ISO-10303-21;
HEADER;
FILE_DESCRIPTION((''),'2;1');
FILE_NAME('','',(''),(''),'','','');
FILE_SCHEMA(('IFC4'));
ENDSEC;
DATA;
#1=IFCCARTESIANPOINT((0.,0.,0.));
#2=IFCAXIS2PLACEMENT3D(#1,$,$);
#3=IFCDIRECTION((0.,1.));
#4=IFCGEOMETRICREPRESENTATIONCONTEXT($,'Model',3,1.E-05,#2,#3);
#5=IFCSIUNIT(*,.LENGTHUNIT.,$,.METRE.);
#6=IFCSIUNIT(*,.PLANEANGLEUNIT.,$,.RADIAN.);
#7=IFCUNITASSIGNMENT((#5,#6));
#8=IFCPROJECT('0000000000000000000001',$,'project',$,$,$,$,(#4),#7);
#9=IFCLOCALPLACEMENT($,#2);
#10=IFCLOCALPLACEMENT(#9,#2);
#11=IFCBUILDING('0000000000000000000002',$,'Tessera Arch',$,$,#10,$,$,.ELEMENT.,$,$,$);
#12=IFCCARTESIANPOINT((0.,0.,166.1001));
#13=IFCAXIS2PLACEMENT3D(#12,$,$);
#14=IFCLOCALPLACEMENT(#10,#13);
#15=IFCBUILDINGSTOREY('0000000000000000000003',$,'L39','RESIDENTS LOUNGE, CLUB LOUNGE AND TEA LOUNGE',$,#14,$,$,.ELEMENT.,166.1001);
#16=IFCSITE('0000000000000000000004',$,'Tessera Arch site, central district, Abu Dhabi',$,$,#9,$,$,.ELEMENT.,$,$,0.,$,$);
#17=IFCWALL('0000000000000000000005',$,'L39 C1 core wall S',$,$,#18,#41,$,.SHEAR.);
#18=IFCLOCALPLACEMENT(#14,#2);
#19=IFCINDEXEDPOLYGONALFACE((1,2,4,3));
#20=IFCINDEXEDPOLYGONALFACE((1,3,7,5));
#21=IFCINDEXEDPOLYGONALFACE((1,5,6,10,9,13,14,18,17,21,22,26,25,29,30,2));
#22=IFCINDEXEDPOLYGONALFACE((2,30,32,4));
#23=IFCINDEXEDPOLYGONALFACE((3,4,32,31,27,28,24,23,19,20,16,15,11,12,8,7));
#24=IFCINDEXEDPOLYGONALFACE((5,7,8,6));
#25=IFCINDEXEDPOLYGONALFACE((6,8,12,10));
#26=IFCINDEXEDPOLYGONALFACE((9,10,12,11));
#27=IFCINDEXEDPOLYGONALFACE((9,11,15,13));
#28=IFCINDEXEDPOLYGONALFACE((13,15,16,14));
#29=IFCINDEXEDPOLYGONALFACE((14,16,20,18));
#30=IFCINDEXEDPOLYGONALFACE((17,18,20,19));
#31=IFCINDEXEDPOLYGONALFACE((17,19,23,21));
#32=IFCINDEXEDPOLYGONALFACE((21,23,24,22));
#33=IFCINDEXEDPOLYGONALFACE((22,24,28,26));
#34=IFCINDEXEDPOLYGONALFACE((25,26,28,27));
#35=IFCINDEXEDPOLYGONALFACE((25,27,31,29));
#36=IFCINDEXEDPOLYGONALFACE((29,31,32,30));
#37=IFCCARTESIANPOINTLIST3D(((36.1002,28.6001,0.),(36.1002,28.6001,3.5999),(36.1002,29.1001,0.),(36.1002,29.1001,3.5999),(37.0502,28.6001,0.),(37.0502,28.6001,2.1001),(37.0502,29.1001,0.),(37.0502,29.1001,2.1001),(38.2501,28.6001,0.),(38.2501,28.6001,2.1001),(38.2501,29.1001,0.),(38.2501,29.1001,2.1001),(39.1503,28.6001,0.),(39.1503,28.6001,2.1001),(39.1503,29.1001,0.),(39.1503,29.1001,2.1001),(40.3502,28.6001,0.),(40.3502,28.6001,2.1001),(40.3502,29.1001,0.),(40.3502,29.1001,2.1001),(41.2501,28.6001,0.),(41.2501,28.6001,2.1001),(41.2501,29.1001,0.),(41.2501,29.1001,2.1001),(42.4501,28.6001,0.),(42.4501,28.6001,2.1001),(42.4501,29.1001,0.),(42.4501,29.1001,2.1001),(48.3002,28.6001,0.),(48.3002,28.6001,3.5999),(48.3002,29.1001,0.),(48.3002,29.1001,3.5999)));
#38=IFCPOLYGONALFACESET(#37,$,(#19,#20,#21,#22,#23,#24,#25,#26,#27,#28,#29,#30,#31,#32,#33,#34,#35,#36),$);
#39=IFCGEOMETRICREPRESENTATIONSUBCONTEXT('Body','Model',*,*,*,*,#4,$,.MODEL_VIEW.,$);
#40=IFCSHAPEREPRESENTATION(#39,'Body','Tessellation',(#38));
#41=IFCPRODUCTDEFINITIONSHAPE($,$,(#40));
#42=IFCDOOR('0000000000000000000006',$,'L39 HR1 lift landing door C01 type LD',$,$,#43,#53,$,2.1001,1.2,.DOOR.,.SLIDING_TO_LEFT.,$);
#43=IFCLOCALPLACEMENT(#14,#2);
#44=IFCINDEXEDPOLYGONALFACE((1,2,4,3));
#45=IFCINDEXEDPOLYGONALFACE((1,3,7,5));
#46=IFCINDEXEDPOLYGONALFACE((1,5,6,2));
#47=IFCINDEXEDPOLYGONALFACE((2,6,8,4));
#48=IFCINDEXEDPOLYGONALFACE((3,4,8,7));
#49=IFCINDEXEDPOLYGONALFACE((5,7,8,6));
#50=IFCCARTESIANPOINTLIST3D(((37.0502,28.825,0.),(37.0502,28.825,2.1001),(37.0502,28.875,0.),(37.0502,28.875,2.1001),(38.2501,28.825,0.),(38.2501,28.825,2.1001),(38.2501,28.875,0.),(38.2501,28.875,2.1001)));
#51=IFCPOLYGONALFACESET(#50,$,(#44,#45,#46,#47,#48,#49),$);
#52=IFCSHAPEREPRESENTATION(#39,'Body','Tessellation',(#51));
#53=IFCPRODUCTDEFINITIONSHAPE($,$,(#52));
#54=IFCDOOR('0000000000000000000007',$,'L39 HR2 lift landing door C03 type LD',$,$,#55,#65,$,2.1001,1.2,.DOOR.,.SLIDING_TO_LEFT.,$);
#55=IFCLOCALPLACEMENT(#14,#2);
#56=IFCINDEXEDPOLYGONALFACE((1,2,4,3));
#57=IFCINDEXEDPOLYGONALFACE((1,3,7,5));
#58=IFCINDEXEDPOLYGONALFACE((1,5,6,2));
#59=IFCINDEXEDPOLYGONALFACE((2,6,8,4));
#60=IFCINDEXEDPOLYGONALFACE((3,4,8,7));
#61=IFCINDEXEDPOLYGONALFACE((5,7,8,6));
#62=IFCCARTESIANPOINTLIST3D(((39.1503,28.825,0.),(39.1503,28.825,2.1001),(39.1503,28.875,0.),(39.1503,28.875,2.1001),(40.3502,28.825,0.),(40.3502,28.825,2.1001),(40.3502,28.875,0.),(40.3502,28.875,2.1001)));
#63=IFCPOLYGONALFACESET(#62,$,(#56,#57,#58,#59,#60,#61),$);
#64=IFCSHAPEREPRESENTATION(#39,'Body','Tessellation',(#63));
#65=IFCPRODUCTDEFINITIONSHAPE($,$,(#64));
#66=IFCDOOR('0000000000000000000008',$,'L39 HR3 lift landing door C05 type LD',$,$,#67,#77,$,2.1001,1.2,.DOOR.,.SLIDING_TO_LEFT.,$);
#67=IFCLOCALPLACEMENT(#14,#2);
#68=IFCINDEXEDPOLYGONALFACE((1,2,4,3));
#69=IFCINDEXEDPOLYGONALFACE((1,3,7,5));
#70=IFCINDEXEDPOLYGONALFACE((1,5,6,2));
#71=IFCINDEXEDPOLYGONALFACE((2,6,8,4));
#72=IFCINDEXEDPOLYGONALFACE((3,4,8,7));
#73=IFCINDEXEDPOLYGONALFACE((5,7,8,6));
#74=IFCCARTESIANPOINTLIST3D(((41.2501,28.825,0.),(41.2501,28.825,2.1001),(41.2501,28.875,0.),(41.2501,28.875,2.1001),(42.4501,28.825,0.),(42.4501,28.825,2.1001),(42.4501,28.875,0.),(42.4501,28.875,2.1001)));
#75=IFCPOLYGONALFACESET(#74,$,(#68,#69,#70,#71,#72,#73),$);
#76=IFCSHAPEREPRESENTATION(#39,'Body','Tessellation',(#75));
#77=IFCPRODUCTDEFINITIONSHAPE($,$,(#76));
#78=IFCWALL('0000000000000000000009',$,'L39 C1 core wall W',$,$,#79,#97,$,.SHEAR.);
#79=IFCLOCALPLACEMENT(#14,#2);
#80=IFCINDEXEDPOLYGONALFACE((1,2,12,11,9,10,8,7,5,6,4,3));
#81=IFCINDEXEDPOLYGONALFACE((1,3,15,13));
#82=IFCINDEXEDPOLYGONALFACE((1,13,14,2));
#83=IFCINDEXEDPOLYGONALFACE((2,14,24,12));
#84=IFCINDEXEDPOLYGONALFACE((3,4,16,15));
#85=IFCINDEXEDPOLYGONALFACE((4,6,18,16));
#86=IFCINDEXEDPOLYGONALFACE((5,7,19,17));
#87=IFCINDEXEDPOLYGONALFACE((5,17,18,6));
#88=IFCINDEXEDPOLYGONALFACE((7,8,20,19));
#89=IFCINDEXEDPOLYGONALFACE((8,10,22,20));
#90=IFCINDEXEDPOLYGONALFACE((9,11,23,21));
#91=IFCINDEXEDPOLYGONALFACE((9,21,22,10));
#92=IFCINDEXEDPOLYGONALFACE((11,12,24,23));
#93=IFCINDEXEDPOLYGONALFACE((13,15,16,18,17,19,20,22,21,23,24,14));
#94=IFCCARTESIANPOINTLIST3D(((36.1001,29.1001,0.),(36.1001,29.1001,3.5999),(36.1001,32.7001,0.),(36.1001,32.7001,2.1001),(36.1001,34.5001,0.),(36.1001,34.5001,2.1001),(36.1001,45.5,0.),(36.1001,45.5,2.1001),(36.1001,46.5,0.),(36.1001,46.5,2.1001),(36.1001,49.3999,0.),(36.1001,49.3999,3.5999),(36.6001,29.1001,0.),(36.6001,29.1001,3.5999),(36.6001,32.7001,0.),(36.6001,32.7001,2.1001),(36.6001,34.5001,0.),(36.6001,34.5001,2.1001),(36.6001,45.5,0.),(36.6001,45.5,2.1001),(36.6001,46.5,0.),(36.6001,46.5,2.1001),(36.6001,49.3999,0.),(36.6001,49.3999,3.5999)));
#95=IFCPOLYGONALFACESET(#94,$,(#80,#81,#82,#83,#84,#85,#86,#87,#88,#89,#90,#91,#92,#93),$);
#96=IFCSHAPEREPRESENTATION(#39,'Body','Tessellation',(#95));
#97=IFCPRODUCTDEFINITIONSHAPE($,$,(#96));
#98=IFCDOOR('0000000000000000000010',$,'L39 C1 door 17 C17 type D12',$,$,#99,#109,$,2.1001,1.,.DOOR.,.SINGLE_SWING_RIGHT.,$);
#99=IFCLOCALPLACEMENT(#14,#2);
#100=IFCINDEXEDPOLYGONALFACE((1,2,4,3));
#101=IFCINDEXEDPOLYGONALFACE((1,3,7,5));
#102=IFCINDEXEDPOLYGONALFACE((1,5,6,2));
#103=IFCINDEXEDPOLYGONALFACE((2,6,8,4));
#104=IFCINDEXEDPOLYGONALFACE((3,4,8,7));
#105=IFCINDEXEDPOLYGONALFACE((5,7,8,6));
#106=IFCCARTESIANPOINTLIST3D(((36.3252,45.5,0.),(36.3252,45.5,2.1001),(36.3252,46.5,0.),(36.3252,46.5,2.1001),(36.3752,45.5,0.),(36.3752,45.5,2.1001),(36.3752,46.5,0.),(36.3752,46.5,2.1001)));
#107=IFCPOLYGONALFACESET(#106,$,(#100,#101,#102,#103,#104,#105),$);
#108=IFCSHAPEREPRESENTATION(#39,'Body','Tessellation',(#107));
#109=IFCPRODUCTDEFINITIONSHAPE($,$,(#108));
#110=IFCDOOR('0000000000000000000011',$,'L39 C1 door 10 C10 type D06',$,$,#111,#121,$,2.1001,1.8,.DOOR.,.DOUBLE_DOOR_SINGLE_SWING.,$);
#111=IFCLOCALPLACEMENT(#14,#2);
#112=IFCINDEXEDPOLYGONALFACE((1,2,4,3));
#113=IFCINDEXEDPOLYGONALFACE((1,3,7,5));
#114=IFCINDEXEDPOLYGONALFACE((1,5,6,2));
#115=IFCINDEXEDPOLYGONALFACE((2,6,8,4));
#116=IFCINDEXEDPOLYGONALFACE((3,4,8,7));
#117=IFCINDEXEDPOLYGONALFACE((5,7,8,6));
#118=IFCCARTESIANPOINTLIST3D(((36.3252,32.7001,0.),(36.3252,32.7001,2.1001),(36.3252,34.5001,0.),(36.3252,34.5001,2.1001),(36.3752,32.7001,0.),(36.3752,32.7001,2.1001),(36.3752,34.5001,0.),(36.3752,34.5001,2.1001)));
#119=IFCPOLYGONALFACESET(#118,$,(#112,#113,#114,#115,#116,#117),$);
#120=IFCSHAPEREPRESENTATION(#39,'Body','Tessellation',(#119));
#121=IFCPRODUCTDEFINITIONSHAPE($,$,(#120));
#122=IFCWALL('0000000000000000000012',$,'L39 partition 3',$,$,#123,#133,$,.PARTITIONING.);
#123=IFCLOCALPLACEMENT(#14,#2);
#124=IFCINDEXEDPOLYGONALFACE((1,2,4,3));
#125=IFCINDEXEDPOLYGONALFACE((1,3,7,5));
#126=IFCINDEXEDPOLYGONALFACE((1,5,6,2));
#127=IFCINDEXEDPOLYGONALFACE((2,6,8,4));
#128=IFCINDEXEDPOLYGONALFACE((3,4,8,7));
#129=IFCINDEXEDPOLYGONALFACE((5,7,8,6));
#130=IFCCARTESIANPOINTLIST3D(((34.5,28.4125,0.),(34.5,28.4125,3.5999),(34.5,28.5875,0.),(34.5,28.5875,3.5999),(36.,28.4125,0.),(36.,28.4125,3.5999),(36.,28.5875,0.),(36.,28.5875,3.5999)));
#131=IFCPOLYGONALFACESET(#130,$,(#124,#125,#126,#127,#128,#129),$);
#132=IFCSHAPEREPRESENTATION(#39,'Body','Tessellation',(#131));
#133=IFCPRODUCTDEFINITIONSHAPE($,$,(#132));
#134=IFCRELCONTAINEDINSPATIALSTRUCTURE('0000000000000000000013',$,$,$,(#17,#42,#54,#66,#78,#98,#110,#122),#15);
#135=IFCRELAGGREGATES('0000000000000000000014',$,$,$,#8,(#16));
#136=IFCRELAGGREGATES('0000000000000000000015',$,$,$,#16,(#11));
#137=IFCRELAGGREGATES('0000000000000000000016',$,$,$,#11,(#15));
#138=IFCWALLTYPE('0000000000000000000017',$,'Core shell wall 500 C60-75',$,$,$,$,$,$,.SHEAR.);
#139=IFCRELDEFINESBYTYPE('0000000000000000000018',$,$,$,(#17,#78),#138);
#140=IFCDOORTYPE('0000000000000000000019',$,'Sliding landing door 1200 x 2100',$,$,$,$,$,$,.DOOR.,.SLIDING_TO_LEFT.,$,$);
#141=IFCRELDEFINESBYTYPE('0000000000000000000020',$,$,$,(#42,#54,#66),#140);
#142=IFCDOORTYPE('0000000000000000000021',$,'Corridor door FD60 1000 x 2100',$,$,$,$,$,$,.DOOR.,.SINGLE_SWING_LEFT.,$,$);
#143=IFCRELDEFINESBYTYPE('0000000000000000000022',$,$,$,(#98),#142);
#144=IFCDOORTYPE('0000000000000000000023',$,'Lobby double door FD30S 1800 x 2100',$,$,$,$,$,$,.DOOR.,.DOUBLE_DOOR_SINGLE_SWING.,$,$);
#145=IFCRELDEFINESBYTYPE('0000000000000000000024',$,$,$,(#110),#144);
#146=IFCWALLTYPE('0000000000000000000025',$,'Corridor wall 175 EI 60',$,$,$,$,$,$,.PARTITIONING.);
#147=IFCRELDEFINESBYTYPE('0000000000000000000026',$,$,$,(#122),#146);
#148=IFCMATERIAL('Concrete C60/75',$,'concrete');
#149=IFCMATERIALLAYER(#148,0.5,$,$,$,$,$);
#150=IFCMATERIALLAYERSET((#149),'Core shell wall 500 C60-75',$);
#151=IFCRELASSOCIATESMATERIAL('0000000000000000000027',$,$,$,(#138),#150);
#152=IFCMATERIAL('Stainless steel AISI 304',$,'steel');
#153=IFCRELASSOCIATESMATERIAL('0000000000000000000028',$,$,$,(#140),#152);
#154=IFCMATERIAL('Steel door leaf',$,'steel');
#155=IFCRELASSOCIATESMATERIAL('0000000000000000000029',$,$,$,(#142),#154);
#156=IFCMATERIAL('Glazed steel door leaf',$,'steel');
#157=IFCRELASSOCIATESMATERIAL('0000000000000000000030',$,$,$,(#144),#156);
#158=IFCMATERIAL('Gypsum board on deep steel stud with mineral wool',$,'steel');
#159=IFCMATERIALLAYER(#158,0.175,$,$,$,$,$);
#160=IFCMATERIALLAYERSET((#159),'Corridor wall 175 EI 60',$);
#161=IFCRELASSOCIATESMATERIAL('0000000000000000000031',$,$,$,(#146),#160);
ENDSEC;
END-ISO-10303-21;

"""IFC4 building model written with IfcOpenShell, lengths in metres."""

from ifc_helpers import new_model, si_unit, direction, frame, frame_2d, origin, place, context, subcontext, project, spatial, rectangle, extrude, material, layer, layer_set, type_object, element, fill, save


model = new_model("IFC4")

# Units and contexts
model_context = context("Model", 3, precision=1e-05, world=origin(), true_north=direction((0.0, 1.0)))
body_context = subcontext(model_context, "Body", "Model", "MODEL_VIEW")
ifc_project = project(units=[si_unit("LENGTHUNIT", "METRE"), si_unit("PLANEANGLEUNIT", "RADIAN")], contexts=[model_context])

# Site, building, storey
site_placement = place(None, origin())
site = spatial("IfcSite", under=ifc_project, at=site_placement, Name="Tessera Arch site, central district, Abu Dhabi", CompositionType="ELEMENT", RefElevation=0.0)
building_placement = place(site_placement, origin())
building = spatial("IfcBuilding", under=site, at=building_placement, Name="Tessera Arch", CompositionType="ELEMENT")
storey_placement = place(building_placement, frame((0.0, 0.0, 166.1001)))
storey = spatial("IfcBuildingStorey", under=building, at=storey_placement, Name="L39", Description="RESIDENTS LOUNGE, CLUB LOUNGE AND TEA LOUNGE", CompositionType="ELEMENT", Elevation=166.1001)

# Walls, openings, doors
ifc_material_1 = material(Name="Concrete C60/75", Category="concrete")
ifc_layer_1 = layer(ifc_material_1, 0.5)
ifc_layer_set_1 = layer_set([ifc_layer_1], Name="Core shell wall 500 C60-75")
wall_type_1 = type_object("IfcWallType", Name="Core shell wall 500 C60-75", PredefinedType="SHEAR", material=ifc_layer_set_1)
wall_1_placement = place(storey_placement, frame((36.1001, 28.8501, 0.0), z_axis=(0.0, 0.0, 1.0), x_axis=(1.0, 0.0, 0.0)))
wall_1 = element("IfcWall", 1, at=wall_1_placement, inside=storey, type_object=wall_type_1, Name="L39 C1 core wall S", PredefinedType="SHEAR", context=body_context, shape_type="SweptSolid", body=[
    extrude(rectangle(XDim=12.2, YDim=0.5, at=frame_2d((6.1001, 0.0))), origin(), (0.0, 0.0, 1.0), 3.5999),
])
opening_1_placement = place(wall_1_placement, frame((0.95, 0.0, 0.0)))
opening_1 = element("IfcOpeningElement", 2, at=opening_1_placement, cuts=wall_1, PredefinedType="OPENING", context=body_context, shape_type="SweptSolid", body=[
    extrude(rectangle(XDim=1.2, YDim=2.1001, at=frame_2d((0.6001, 1.05))), frame((0.0, 0.26, 0.0), z_axis=(0.0, -1.0, 0.0), x_axis=(1.0, 0.0, 0.0)), (0.0, 0.0, 1.0), 0.52),
])
opening_2_placement = place(wall_1_placement, frame((3.05, 0.0, 0.0)))
opening_2 = element("IfcOpeningElement", 3, at=opening_2_placement, cuts=wall_1, PredefinedType="OPENING", context=body_context, shape_type="SweptSolid", body=[
    extrude(rectangle(XDim=1.2, YDim=2.1001, at=frame_2d((0.6001, 1.05))), frame((0.0, 0.26, 0.0), z_axis=(0.0, -1.0, 0.0), x_axis=(1.0, 0.0, 0.0)), (0.0, 0.0, 1.0), 0.52),
])
opening_3_placement = place(wall_1_placement, frame((5.1499, 0.0, 0.0)))
opening_3 = element("IfcOpeningElement", 4, at=opening_3_placement, cuts=wall_1, PredefinedType="OPENING", context=body_context, shape_type="SweptSolid", body=[
    extrude(rectangle(XDim=1.2, YDim=2.1001, at=frame_2d((0.6001, 1.05))), frame((0.0, 0.26, 0.0), z_axis=(0.0, -1.0, 0.0), x_axis=(1.0, 0.0, 0.0)), (0.0, 0.0, 1.0), 0.52),
])
ifc_material_2 = material(Name="Stainless steel AISI 304", Category="steel")
door_type_1 = type_object("IfcDoorType", Name="Sliding landing door 1200 x 2100", OperationType="SLIDING_TO_LEFT", PredefinedType="DOOR", material=ifc_material_2)
door_1_placement = place(opening_1_placement, origin())
door_1 = element("IfcDoor", 5, at=door_1_placement, inside=storey, type_object=door_type_1, Name="L39 HR1 lift landing door C01 type LD", OperationType="SLIDING_TO_LEFT", OverallHeight=2.1001, OverallWidth=1.2, PredefinedType="DOOR", context=body_context, shape_type="SweptSolid", body=[
    extrude(rectangle(XDim=1.2, YDim=2.1001, at=frame_2d((0.6001, 1.05))), frame((0.0, 0.0249, 0.0), z_axis=(0.0, -1.0, 0.0), x_axis=(1.0, 0.0, 0.0)), (0.0, 0.0, 1.0), 0.05),
])
fill(opening_1, door_1)
door_2_placement = place(opening_2_placement, origin())
door_2 = element("IfcDoor", 6, at=door_2_placement, inside=storey, type_object=door_type_1, Name="L39 HR2 lift landing door C03 type LD", OperationType="SLIDING_TO_LEFT", OverallHeight=2.1001, OverallWidth=1.2, PredefinedType="DOOR", context=body_context, shape_type="SweptSolid", body=[
    extrude(rectangle(XDim=1.2, YDim=2.1001, at=frame_2d((0.6001, 1.05))), frame((0.0, 0.0249, 0.0), z_axis=(0.0, -1.0, 0.0), x_axis=(1.0, 0.0, 0.0)), (0.0, 0.0, 1.0), 0.05),
])
fill(opening_2, door_2)
door_3_placement = place(opening_3_placement, origin())
door_3 = element("IfcDoor", 7, at=door_3_placement, inside=storey, type_object=door_type_1, Name="L39 HR3 lift landing door C05 type LD", OperationType="SLIDING_TO_LEFT", OverallHeight=2.1001, OverallWidth=1.2, PredefinedType="DOOR", context=body_context, shape_type="SweptSolid", body=[
    extrude(rectangle(XDim=1.2, YDim=2.1001, at=frame_2d((0.6001, 1.05))), frame((0.0, 0.0249, 0.0), z_axis=(0.0, -1.0, 0.0), x_axis=(1.0, 0.0, 0.0)), (0.0, 0.0, 1.0), 0.05),
])
fill(opening_3, door_3)
wall_2_placement = place(storey_placement, frame((36.3501, 29.1001, 0.0), z_axis=(0.0, 0.0, 1.0), x_axis=(0.0, 1.0, 0.0)))
wall_2 = element("IfcWall", 8, at=wall_2_placement, inside=storey, type_object=wall_type_1, Name="L39 C1 core wall W", PredefinedType="SHEAR", context=body_context, shape_type="SweptSolid", body=[
    extrude(rectangle(XDim=20.2998, YDim=0.5, at=frame_2d((10.1499, 0.0))), origin(), (0.0, 0.0, 1.0), 3.5999),
])
opening_4_placement = place(wall_2_placement, frame((3.6001, 0.0, 0.0)))
opening_4 = element("IfcOpeningElement", 9, at=opening_4_placement, cuts=wall_2, PredefinedType="OPENING", context=body_context, shape_type="SweptSolid", body=[
    extrude(rectangle(XDim=1.8, YDim=2.1001, at=frame_2d((0.8999, 1.05))), frame((0.0, 0.26, 0.0), z_axis=(0.0, -1.0, 0.0), x_axis=(1.0, 0.0, 0.0)), (0.0, 0.0, 1.0), 0.52),
])
opening_5_placement = place(wall_2_placement, frame((16.3999, 0.0, 0.0)))
opening_5 = element("IfcOpeningElement", 10, at=opening_5_placement, cuts=wall_2, PredefinedType="OPENING", context=body_context, shape_type="SweptSolid", body=[
    extrude(rectangle(XDim=1.0, YDim=2.1001, at=frame_2d((0.5, 1.05))), frame((0.0, 0.26, 0.0), z_axis=(0.0, -1.0, 0.0), x_axis=(1.0, 0.0, 0.0)), (0.0, 0.0, 1.0), 0.52),
])
ifc_material_3 = material(Name="Steel door leaf", Category="steel")
door_type_2 = type_object("IfcDoorType", Name="Corridor door FD60 1000 x 2100", OperationType="SINGLE_SWING_LEFT", PredefinedType="DOOR", material=ifc_material_3)
door_4_placement = place(opening_5_placement, origin())
door_4 = element("IfcDoor", 11, at=door_4_placement, inside=storey, type_object=door_type_2, Name="L39 C1 door 17 C17 type D12", OperationType="SINGLE_SWING_RIGHT", OverallHeight=2.1001, OverallWidth=1.0, PredefinedType="DOOR", context=body_context, shape_type="SweptSolid", body=[
    extrude(rectangle(XDim=1.0, YDim=2.1001, at=frame_2d((0.5, 1.05))), frame((0.0, 0.0249, 0.0), z_axis=(0.0, -1.0, 0.0), x_axis=(1.0, 0.0, 0.0)), (0.0, 0.0, 1.0), 0.05),
])
fill(opening_5, door_4)
ifc_material_4 = material(Name="Glazed steel door leaf", Category="steel")
door_type_3 = type_object("IfcDoorType", Name="Lobby double door FD30S 1800 x 2100", OperationType="DOUBLE_DOOR_SINGLE_SWING", PredefinedType="DOOR", material=ifc_material_4)
door_5_placement = place(opening_4_placement, origin())
door_5 = element("IfcDoor", 12, at=door_5_placement, inside=storey, type_object=door_type_3, Name="L39 C1 door 10 C10 type D06", OperationType="DOUBLE_DOOR_SINGLE_SWING", OverallHeight=2.1001, OverallWidth=1.8, PredefinedType="DOOR", context=body_context, shape_type="SweptSolid", body=[
    extrude(rectangle(XDim=1.8, YDim=2.1001, at=frame_2d((0.8999, 1.05))), frame((0.0, 0.0249, 0.0), z_axis=(0.0, -1.0, 0.0), x_axis=(1.0, 0.0, 0.0)), (0.0, 0.0, 1.0), 0.05),
])
fill(opening_4, door_5)

# Wall
ifc_material_5 = material(Name="Gypsum board on deep steel stud with mineral wool", Category="steel")
ifc_layer_2 = layer(ifc_material_5, 0.175)
ifc_layer_set_2 = layer_set([ifc_layer_2], Name="Corridor wall 175 EI 60")
wall_type_2 = type_object("IfcWallType", Name="Corridor wall 175 EI 60", PredefinedType="PARTITIONING", material=ifc_layer_set_2)
wall_3_placement = place(storey_placement, frame((34.5, 28.5, 0.0), z_axis=(0.0, 0.0, 1.0), x_axis=(1.0, 0.0, 0.0)))
element("IfcWall", 13, at=wall_3_placement, inside=storey, type_object=wall_type_2, Name="L39 partition 3", PredefinedType="PARTITIONING", context=body_context, shape_type="SweptSolid", body=[
    extrude(rectangle(XDim=1.5, YDim=0.175, at=frame_2d((0.75, 0.0))), origin(), (0.0, 0.0, 1.0), 3.5999),
])

save(model, "model.ifc")
